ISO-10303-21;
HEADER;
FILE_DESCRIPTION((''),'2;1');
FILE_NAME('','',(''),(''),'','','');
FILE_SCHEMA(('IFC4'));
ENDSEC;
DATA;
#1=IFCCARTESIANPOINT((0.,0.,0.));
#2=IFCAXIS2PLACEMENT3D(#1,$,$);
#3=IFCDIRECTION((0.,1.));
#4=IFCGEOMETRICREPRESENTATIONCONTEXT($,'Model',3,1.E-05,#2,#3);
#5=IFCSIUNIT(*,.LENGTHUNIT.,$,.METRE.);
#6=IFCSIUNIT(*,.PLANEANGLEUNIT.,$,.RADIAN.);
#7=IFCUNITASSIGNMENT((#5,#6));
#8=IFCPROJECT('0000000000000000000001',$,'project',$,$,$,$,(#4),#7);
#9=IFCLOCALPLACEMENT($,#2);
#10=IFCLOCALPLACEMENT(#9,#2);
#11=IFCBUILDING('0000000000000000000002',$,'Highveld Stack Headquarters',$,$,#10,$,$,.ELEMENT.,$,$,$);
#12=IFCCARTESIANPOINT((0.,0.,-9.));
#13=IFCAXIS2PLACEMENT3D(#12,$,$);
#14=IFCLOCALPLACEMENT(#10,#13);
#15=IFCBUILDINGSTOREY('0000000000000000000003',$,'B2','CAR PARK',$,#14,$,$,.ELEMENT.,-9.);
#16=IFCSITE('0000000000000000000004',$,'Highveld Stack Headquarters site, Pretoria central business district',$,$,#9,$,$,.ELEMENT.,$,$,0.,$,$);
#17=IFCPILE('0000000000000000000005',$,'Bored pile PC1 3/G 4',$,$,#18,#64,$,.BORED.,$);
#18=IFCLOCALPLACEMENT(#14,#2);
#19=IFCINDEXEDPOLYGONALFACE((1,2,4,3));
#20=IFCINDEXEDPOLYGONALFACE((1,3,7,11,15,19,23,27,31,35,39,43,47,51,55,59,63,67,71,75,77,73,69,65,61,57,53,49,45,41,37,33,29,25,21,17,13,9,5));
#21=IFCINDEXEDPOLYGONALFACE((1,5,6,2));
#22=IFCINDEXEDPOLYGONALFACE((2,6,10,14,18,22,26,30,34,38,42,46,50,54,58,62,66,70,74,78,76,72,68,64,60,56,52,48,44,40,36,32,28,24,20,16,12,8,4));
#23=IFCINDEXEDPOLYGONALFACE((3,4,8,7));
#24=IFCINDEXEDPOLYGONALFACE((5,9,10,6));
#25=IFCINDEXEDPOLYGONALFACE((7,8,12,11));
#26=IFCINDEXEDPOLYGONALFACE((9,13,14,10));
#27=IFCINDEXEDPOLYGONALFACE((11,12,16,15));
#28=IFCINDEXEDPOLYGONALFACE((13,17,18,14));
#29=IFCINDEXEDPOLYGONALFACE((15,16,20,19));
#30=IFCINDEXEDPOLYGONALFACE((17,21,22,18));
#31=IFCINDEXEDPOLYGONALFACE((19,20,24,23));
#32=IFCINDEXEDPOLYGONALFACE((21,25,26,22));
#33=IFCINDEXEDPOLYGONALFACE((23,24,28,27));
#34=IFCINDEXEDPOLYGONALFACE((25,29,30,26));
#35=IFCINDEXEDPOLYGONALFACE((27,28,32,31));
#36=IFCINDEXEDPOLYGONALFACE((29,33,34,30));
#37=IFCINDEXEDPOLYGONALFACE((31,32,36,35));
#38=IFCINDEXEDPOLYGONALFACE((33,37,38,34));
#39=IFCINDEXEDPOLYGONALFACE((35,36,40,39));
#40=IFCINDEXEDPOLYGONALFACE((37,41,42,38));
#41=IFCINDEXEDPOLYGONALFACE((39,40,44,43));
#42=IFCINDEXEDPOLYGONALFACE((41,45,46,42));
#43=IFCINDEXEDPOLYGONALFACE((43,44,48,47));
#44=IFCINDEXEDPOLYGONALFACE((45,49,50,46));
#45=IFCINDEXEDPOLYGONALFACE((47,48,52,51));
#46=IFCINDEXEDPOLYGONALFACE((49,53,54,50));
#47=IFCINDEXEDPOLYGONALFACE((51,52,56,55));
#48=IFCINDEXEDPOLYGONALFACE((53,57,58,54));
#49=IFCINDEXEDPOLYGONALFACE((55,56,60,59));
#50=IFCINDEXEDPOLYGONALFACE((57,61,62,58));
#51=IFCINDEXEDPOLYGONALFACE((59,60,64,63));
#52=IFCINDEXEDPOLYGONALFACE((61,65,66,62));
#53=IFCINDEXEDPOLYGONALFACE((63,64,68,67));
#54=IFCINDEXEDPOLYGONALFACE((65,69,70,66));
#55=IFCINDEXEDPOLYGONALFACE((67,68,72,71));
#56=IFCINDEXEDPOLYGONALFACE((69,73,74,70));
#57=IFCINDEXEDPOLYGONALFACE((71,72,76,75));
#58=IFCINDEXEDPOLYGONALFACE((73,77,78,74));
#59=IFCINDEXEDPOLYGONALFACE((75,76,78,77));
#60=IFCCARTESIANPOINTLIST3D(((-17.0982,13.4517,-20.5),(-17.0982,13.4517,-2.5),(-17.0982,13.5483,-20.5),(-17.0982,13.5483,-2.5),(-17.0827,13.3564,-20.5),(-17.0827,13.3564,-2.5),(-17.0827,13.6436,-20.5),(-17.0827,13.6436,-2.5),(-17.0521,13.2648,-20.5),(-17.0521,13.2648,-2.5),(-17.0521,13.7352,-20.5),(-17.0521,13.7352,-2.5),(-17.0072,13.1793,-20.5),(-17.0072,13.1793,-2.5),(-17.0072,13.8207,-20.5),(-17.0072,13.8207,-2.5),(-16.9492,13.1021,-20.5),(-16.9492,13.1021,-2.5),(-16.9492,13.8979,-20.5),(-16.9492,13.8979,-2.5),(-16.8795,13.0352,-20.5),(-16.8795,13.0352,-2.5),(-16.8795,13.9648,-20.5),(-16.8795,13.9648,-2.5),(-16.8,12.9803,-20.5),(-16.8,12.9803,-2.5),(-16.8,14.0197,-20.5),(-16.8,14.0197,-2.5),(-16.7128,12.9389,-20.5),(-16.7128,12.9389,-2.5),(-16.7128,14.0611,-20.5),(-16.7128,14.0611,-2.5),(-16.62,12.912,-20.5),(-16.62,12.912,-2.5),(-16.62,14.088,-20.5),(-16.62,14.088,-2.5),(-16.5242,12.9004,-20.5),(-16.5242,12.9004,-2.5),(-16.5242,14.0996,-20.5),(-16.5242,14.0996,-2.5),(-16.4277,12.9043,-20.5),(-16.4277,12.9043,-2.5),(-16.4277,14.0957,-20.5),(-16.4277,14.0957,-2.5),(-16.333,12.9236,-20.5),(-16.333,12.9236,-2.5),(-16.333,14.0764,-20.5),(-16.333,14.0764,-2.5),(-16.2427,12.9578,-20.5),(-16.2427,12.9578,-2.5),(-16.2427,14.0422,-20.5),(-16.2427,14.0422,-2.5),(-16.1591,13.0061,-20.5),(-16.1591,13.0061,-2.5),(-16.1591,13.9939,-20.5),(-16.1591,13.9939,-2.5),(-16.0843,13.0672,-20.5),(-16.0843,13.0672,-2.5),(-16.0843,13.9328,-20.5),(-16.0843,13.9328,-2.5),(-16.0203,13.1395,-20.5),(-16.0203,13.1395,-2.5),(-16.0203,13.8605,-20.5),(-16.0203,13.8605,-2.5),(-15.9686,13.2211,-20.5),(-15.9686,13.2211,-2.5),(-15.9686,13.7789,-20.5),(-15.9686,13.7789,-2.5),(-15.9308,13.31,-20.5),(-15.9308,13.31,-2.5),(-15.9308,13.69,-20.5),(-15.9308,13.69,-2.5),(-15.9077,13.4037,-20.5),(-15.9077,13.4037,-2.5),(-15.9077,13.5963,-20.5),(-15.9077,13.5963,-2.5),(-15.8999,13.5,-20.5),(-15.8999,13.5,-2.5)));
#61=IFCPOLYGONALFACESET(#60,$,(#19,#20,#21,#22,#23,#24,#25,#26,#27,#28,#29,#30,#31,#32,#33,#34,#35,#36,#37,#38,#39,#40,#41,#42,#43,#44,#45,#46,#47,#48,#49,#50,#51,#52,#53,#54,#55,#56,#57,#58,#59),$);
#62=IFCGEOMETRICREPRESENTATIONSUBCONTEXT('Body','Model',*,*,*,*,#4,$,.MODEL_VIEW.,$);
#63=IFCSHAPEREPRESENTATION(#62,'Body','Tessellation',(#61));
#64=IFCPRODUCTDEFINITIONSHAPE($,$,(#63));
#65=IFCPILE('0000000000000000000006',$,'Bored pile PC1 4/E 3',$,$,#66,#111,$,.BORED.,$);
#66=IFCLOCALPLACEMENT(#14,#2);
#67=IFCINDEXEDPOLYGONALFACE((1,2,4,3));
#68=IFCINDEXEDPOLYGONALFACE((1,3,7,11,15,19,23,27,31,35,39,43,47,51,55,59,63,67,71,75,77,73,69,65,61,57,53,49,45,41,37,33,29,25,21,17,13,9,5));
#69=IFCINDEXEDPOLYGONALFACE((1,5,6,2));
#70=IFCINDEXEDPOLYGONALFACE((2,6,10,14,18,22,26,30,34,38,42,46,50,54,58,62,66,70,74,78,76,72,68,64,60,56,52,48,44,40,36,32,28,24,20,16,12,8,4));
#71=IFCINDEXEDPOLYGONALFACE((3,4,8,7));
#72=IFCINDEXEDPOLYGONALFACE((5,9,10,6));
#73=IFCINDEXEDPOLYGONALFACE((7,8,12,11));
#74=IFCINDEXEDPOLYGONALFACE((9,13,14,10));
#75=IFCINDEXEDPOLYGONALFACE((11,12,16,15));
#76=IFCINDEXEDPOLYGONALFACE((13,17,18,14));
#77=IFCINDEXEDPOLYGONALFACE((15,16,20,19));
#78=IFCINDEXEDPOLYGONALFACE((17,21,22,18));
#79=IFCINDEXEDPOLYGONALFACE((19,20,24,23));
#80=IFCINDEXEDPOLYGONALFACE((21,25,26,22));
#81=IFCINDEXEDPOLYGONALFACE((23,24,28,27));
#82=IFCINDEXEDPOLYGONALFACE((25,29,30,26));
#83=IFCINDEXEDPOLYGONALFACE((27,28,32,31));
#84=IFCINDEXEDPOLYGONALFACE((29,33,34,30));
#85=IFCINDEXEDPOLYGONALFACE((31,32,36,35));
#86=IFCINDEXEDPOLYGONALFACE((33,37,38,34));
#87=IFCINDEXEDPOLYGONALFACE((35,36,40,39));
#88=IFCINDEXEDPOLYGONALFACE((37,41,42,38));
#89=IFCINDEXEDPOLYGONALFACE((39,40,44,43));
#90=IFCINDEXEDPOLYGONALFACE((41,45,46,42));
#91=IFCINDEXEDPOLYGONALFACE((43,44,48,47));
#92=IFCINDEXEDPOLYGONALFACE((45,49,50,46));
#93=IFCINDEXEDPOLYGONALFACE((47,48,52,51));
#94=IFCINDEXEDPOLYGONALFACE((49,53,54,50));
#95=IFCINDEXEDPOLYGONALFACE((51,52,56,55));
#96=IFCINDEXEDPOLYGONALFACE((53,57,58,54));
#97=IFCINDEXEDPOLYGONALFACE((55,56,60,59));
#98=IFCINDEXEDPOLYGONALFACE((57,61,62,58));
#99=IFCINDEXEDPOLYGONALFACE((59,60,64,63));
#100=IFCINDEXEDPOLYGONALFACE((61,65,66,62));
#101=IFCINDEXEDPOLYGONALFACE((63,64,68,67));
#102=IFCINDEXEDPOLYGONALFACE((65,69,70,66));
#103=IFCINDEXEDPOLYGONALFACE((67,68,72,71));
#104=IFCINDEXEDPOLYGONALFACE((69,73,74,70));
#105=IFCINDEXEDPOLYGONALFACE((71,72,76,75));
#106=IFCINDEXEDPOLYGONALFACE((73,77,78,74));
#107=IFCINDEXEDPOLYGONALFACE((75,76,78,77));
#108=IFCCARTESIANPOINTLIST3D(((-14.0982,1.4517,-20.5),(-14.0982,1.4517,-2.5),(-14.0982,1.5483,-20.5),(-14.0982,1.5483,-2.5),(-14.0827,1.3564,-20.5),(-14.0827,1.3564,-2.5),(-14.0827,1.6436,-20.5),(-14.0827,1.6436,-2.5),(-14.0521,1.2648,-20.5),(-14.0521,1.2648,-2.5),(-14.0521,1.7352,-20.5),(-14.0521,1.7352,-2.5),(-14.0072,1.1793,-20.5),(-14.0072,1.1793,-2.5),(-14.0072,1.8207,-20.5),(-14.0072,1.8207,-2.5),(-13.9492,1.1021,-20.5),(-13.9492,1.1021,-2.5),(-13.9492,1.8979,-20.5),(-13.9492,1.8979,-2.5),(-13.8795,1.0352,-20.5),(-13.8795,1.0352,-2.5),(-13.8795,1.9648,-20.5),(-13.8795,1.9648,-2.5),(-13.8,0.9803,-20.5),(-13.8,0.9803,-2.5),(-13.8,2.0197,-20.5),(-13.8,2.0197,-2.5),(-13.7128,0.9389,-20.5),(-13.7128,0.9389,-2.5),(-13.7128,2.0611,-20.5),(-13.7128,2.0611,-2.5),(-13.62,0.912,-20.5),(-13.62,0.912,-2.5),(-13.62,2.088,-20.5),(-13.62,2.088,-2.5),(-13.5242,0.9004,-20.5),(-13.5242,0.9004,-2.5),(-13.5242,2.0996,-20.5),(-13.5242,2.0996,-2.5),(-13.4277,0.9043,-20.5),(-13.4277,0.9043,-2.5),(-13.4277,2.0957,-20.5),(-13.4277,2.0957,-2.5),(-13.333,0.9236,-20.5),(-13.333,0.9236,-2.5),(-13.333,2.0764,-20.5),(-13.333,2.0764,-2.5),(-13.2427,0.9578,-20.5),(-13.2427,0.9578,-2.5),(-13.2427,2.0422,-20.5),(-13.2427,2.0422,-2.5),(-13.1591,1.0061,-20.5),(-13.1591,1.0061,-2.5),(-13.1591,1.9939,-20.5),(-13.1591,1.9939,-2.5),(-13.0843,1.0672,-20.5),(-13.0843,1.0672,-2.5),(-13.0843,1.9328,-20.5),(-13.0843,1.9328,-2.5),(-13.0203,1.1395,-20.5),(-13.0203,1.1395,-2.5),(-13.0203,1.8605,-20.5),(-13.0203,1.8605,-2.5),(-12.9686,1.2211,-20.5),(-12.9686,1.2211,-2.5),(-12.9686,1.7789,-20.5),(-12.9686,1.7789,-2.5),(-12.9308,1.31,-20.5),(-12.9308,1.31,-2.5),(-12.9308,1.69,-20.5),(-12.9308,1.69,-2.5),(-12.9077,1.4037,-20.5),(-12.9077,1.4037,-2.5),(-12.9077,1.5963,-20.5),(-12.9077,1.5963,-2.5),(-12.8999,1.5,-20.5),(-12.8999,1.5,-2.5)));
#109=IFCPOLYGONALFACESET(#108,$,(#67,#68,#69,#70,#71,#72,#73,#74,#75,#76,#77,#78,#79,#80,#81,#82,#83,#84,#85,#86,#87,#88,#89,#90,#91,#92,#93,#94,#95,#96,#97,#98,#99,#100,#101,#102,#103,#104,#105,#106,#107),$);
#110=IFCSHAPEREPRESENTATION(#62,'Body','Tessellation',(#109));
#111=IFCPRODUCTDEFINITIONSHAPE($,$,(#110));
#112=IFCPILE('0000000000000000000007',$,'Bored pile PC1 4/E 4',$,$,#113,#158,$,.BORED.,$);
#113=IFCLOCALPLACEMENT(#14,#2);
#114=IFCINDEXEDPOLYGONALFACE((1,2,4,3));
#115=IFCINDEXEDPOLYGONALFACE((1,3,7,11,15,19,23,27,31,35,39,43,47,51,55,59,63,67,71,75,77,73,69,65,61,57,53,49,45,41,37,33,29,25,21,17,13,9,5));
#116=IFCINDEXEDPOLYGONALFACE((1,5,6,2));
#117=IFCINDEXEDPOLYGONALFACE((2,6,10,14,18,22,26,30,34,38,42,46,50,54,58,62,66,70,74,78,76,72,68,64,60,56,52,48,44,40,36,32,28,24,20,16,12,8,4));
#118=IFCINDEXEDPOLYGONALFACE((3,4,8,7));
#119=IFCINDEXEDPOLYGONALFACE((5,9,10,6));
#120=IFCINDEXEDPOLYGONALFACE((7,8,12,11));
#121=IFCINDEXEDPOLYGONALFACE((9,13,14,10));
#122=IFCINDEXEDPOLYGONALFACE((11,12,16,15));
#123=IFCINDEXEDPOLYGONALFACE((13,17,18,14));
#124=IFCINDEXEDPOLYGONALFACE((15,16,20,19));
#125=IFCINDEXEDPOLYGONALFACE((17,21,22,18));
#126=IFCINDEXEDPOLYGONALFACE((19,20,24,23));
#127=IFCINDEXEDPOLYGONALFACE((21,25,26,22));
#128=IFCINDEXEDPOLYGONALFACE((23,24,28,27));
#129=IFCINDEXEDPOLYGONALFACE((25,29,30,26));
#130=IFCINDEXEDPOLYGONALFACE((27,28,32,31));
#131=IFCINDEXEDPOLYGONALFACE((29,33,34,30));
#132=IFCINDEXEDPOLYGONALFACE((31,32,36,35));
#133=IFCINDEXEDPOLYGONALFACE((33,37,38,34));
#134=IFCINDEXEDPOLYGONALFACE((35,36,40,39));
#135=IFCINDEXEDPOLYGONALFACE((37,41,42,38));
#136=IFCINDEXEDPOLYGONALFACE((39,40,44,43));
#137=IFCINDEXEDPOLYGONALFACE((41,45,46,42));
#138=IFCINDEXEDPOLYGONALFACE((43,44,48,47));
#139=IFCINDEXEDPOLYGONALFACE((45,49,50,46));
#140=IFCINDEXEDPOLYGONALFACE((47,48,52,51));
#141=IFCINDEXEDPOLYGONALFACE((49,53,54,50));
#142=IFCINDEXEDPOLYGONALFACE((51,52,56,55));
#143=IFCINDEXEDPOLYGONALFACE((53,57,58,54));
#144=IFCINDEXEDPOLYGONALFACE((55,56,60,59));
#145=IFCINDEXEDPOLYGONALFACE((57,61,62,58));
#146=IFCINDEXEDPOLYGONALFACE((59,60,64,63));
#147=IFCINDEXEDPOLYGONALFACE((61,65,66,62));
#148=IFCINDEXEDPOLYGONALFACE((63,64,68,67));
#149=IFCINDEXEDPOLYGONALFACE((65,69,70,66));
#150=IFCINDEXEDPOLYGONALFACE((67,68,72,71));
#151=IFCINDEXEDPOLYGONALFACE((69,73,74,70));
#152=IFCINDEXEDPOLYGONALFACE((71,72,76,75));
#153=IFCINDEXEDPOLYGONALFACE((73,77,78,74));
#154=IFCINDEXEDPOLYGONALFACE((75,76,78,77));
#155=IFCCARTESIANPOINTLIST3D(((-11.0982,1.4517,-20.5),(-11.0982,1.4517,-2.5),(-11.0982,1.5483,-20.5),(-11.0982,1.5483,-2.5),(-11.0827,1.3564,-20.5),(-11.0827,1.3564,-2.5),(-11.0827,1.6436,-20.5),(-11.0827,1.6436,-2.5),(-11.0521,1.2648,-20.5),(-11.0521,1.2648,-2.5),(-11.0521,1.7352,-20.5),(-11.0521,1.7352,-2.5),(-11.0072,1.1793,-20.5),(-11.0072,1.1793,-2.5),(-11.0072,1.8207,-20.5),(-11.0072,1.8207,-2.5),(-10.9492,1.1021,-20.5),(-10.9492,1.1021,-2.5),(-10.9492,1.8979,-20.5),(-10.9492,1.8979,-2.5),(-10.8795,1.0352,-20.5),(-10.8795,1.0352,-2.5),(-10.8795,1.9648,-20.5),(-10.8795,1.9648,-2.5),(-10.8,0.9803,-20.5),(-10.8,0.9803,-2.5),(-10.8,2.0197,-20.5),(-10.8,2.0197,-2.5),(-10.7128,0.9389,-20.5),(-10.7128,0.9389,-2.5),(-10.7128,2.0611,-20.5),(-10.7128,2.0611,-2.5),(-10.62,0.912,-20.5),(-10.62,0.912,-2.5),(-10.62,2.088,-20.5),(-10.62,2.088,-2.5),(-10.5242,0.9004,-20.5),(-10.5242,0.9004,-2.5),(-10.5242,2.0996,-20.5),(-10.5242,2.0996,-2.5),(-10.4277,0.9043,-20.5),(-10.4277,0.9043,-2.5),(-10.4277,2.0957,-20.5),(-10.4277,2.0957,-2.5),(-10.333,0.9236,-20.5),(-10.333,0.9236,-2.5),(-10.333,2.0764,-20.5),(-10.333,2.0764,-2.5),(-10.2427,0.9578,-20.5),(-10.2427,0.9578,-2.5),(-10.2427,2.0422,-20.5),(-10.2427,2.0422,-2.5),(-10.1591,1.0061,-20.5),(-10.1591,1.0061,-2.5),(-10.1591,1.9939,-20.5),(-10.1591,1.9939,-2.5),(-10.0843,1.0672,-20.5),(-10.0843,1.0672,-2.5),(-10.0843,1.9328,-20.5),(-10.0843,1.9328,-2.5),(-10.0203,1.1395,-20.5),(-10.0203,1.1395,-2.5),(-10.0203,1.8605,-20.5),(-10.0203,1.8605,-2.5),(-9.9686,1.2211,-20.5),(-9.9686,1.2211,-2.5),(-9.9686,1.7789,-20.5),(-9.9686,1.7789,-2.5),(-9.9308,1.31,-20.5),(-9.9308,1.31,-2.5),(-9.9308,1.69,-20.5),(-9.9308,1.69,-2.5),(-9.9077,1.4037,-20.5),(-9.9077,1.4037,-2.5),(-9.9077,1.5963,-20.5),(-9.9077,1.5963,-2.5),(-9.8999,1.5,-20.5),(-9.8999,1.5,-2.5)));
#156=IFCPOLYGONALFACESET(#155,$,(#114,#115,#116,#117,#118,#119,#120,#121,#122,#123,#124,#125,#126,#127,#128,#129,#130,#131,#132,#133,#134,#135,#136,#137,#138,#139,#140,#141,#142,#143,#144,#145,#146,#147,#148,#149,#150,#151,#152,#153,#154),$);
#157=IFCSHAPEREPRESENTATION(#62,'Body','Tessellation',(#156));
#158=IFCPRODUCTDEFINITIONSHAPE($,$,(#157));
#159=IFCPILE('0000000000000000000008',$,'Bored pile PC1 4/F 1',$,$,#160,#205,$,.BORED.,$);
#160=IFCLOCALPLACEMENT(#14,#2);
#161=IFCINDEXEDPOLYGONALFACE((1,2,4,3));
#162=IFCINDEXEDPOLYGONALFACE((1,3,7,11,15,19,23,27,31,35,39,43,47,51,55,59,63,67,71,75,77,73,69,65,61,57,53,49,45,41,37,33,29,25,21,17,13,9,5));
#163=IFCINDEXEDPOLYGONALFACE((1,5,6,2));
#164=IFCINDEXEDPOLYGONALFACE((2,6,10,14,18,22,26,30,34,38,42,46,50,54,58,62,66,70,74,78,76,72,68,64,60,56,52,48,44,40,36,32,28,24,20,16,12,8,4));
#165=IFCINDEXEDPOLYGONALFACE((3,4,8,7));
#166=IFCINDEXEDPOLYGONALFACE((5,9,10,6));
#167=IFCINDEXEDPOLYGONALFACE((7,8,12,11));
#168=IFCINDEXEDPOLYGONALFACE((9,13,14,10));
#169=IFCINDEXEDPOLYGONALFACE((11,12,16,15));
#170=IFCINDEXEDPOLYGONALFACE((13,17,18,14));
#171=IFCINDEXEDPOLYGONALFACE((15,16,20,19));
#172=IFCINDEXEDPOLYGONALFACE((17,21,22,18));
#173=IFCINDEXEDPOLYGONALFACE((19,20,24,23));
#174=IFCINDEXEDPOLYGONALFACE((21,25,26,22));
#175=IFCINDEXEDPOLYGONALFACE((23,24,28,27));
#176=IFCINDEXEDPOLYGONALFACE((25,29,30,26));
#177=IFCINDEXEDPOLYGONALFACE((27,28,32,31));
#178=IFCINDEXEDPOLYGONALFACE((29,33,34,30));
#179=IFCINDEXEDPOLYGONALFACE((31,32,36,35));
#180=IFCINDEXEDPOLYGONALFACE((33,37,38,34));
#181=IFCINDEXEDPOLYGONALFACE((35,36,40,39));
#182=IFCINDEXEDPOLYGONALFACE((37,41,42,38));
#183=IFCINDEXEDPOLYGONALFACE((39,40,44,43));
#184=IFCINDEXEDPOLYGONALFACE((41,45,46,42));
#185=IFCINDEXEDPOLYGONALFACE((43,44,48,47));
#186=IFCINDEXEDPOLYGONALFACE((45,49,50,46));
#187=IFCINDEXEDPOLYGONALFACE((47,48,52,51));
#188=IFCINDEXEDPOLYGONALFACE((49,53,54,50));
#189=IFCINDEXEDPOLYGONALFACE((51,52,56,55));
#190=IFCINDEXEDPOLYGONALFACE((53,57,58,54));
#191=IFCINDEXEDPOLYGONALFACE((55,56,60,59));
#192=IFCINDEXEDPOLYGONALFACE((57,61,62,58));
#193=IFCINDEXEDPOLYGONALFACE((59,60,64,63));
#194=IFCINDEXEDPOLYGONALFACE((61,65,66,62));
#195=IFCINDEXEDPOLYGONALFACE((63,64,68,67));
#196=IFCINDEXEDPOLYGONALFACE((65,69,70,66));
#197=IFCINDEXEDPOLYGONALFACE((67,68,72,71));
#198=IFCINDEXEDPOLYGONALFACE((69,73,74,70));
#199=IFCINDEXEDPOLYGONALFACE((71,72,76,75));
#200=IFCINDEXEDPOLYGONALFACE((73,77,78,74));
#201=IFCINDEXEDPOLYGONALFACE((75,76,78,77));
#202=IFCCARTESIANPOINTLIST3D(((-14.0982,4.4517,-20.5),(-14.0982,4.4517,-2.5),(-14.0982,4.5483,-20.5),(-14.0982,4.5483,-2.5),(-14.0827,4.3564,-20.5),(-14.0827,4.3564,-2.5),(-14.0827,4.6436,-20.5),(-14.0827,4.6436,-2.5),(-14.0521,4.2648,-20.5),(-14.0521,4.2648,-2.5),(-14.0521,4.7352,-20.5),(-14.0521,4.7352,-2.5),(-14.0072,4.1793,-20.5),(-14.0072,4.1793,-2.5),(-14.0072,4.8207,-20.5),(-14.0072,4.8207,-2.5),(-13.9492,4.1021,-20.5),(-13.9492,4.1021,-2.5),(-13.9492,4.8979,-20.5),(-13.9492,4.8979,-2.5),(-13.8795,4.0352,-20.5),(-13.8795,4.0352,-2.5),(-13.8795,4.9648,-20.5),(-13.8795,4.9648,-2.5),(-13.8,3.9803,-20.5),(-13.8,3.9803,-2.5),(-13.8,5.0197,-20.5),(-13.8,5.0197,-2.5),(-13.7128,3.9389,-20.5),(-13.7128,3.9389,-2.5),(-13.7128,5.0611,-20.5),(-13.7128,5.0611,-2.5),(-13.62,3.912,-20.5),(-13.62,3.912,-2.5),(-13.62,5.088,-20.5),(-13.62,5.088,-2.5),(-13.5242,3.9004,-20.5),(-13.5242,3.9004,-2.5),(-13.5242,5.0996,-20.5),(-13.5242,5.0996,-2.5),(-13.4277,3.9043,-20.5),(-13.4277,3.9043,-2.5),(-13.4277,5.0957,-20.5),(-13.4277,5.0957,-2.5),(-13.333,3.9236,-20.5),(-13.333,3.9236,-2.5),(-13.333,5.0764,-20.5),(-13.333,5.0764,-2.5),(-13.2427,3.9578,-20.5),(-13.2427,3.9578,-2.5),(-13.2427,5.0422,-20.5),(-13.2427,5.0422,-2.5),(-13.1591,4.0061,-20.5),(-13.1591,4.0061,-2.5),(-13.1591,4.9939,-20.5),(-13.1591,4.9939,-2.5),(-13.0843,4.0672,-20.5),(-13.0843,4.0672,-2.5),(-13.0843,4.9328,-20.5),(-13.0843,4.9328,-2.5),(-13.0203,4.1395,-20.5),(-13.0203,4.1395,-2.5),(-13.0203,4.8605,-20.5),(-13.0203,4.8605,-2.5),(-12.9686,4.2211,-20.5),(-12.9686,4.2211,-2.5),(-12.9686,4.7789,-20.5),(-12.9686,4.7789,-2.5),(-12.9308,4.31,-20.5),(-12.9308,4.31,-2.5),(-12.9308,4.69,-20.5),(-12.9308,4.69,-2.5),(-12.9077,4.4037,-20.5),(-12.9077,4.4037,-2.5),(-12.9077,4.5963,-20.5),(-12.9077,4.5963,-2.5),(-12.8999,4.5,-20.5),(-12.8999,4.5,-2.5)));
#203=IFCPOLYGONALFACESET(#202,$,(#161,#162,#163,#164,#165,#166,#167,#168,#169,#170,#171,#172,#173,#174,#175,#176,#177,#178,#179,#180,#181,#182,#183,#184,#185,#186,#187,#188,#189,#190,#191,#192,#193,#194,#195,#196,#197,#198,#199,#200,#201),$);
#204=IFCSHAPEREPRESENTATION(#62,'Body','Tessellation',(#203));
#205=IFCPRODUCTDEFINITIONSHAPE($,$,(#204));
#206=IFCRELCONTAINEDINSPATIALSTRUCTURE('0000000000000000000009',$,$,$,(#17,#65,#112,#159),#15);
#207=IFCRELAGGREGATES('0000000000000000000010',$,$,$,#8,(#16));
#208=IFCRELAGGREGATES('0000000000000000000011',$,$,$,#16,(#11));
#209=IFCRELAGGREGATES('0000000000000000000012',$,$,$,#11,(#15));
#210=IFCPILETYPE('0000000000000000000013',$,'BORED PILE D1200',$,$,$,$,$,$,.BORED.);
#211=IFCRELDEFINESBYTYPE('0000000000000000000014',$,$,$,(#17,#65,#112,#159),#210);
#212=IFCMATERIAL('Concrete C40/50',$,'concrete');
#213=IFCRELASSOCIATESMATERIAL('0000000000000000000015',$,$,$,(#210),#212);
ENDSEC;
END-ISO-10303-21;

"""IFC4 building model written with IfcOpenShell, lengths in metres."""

from ifc_helpers import new_model, si_unit, direction, frame, origin, origin_2d, place, context, subcontext, project, spatial, circle, extrude, material, type_object, element, save


model = new_model("IFC4")

# Units and contexts
model_context = context("Model", 3, precision=1e-05, world=origin(), true_north=direction((0.0, 1.0)))
body_context = subcontext(model_context, "Body", "Model", "MODEL_VIEW")
ifc_project = project(units=[si_unit("LENGTHUNIT", "METRE"), si_unit("PLANEANGLEUNIT", "RADIAN")], contexts=[model_context])

# Site, building, storey
site_placement = place(None, origin())
site = spatial("IfcSite", under=ifc_project, at=site_placement, Name="Highveld Stack Headquarters site, Pretoria central business district", CompositionType="ELEMENT", RefElevation=0.0)
building_placement = place(site_placement, origin())
building = spatial("IfcBuilding", under=site, at=building_placement, Name="Highveld Stack Headquarters", CompositionType="ELEMENT")
storey_placement = place(building_placement, frame((0.0, 0.0, -9.0)))
storey = spatial("IfcBuildingStorey", under=building, at=storey_placement, Name="B2", Description="CAR PARK", CompositionType="ELEMENT", Elevation=-9.0)

# Piles
ifc_material_1 = material(Name="Concrete C40/50", Category="concrete")
pile_type_1 = type_object("IfcPileType", Name="BORED PILE D1200", PredefinedType="BORED", material=ifc_material_1)
for number, where, z_axis, x_axis, name in (
    (1, (-16.5, 13.5, -2.5), (0.0, 0.0, -1.0), (1.0, 0.0, 0.0), "Bored pile PC1 3/G 4"),
    (2, (-13.5, 1.5, -2.5), (0.0, 0.0, -1.0), (1.0, 0.0, 0.0), "Bored pile PC1 4/E 3"),
    (3, (-10.5, 1.5, -2.5), (0.0, 0.0, -1.0), (1.0, 0.0, 0.0), "Bored pile PC1 4/E 4"),
    (4, (-13.5, 4.5, -2.5), (0.0, 0.0, -1.0), (1.0, 0.0, 0.0), "Bored pile PC1 4/F 1"),
):
    element("IfcPile", number, at=place(storey_placement, frame(where, z_axis=z_axis, x_axis=x_axis)), inside=storey, type_object=pile_type_1, Name=name, PredefinedType="BORED", context=body_context, shape_type="SweptSolid", body=[
        extrude(circle(Radius=0.6001, at=origin_2d()), origin(), (0.0, 0.0, 1.0), 18.0),
    ])

save(model, "model.ifc")
